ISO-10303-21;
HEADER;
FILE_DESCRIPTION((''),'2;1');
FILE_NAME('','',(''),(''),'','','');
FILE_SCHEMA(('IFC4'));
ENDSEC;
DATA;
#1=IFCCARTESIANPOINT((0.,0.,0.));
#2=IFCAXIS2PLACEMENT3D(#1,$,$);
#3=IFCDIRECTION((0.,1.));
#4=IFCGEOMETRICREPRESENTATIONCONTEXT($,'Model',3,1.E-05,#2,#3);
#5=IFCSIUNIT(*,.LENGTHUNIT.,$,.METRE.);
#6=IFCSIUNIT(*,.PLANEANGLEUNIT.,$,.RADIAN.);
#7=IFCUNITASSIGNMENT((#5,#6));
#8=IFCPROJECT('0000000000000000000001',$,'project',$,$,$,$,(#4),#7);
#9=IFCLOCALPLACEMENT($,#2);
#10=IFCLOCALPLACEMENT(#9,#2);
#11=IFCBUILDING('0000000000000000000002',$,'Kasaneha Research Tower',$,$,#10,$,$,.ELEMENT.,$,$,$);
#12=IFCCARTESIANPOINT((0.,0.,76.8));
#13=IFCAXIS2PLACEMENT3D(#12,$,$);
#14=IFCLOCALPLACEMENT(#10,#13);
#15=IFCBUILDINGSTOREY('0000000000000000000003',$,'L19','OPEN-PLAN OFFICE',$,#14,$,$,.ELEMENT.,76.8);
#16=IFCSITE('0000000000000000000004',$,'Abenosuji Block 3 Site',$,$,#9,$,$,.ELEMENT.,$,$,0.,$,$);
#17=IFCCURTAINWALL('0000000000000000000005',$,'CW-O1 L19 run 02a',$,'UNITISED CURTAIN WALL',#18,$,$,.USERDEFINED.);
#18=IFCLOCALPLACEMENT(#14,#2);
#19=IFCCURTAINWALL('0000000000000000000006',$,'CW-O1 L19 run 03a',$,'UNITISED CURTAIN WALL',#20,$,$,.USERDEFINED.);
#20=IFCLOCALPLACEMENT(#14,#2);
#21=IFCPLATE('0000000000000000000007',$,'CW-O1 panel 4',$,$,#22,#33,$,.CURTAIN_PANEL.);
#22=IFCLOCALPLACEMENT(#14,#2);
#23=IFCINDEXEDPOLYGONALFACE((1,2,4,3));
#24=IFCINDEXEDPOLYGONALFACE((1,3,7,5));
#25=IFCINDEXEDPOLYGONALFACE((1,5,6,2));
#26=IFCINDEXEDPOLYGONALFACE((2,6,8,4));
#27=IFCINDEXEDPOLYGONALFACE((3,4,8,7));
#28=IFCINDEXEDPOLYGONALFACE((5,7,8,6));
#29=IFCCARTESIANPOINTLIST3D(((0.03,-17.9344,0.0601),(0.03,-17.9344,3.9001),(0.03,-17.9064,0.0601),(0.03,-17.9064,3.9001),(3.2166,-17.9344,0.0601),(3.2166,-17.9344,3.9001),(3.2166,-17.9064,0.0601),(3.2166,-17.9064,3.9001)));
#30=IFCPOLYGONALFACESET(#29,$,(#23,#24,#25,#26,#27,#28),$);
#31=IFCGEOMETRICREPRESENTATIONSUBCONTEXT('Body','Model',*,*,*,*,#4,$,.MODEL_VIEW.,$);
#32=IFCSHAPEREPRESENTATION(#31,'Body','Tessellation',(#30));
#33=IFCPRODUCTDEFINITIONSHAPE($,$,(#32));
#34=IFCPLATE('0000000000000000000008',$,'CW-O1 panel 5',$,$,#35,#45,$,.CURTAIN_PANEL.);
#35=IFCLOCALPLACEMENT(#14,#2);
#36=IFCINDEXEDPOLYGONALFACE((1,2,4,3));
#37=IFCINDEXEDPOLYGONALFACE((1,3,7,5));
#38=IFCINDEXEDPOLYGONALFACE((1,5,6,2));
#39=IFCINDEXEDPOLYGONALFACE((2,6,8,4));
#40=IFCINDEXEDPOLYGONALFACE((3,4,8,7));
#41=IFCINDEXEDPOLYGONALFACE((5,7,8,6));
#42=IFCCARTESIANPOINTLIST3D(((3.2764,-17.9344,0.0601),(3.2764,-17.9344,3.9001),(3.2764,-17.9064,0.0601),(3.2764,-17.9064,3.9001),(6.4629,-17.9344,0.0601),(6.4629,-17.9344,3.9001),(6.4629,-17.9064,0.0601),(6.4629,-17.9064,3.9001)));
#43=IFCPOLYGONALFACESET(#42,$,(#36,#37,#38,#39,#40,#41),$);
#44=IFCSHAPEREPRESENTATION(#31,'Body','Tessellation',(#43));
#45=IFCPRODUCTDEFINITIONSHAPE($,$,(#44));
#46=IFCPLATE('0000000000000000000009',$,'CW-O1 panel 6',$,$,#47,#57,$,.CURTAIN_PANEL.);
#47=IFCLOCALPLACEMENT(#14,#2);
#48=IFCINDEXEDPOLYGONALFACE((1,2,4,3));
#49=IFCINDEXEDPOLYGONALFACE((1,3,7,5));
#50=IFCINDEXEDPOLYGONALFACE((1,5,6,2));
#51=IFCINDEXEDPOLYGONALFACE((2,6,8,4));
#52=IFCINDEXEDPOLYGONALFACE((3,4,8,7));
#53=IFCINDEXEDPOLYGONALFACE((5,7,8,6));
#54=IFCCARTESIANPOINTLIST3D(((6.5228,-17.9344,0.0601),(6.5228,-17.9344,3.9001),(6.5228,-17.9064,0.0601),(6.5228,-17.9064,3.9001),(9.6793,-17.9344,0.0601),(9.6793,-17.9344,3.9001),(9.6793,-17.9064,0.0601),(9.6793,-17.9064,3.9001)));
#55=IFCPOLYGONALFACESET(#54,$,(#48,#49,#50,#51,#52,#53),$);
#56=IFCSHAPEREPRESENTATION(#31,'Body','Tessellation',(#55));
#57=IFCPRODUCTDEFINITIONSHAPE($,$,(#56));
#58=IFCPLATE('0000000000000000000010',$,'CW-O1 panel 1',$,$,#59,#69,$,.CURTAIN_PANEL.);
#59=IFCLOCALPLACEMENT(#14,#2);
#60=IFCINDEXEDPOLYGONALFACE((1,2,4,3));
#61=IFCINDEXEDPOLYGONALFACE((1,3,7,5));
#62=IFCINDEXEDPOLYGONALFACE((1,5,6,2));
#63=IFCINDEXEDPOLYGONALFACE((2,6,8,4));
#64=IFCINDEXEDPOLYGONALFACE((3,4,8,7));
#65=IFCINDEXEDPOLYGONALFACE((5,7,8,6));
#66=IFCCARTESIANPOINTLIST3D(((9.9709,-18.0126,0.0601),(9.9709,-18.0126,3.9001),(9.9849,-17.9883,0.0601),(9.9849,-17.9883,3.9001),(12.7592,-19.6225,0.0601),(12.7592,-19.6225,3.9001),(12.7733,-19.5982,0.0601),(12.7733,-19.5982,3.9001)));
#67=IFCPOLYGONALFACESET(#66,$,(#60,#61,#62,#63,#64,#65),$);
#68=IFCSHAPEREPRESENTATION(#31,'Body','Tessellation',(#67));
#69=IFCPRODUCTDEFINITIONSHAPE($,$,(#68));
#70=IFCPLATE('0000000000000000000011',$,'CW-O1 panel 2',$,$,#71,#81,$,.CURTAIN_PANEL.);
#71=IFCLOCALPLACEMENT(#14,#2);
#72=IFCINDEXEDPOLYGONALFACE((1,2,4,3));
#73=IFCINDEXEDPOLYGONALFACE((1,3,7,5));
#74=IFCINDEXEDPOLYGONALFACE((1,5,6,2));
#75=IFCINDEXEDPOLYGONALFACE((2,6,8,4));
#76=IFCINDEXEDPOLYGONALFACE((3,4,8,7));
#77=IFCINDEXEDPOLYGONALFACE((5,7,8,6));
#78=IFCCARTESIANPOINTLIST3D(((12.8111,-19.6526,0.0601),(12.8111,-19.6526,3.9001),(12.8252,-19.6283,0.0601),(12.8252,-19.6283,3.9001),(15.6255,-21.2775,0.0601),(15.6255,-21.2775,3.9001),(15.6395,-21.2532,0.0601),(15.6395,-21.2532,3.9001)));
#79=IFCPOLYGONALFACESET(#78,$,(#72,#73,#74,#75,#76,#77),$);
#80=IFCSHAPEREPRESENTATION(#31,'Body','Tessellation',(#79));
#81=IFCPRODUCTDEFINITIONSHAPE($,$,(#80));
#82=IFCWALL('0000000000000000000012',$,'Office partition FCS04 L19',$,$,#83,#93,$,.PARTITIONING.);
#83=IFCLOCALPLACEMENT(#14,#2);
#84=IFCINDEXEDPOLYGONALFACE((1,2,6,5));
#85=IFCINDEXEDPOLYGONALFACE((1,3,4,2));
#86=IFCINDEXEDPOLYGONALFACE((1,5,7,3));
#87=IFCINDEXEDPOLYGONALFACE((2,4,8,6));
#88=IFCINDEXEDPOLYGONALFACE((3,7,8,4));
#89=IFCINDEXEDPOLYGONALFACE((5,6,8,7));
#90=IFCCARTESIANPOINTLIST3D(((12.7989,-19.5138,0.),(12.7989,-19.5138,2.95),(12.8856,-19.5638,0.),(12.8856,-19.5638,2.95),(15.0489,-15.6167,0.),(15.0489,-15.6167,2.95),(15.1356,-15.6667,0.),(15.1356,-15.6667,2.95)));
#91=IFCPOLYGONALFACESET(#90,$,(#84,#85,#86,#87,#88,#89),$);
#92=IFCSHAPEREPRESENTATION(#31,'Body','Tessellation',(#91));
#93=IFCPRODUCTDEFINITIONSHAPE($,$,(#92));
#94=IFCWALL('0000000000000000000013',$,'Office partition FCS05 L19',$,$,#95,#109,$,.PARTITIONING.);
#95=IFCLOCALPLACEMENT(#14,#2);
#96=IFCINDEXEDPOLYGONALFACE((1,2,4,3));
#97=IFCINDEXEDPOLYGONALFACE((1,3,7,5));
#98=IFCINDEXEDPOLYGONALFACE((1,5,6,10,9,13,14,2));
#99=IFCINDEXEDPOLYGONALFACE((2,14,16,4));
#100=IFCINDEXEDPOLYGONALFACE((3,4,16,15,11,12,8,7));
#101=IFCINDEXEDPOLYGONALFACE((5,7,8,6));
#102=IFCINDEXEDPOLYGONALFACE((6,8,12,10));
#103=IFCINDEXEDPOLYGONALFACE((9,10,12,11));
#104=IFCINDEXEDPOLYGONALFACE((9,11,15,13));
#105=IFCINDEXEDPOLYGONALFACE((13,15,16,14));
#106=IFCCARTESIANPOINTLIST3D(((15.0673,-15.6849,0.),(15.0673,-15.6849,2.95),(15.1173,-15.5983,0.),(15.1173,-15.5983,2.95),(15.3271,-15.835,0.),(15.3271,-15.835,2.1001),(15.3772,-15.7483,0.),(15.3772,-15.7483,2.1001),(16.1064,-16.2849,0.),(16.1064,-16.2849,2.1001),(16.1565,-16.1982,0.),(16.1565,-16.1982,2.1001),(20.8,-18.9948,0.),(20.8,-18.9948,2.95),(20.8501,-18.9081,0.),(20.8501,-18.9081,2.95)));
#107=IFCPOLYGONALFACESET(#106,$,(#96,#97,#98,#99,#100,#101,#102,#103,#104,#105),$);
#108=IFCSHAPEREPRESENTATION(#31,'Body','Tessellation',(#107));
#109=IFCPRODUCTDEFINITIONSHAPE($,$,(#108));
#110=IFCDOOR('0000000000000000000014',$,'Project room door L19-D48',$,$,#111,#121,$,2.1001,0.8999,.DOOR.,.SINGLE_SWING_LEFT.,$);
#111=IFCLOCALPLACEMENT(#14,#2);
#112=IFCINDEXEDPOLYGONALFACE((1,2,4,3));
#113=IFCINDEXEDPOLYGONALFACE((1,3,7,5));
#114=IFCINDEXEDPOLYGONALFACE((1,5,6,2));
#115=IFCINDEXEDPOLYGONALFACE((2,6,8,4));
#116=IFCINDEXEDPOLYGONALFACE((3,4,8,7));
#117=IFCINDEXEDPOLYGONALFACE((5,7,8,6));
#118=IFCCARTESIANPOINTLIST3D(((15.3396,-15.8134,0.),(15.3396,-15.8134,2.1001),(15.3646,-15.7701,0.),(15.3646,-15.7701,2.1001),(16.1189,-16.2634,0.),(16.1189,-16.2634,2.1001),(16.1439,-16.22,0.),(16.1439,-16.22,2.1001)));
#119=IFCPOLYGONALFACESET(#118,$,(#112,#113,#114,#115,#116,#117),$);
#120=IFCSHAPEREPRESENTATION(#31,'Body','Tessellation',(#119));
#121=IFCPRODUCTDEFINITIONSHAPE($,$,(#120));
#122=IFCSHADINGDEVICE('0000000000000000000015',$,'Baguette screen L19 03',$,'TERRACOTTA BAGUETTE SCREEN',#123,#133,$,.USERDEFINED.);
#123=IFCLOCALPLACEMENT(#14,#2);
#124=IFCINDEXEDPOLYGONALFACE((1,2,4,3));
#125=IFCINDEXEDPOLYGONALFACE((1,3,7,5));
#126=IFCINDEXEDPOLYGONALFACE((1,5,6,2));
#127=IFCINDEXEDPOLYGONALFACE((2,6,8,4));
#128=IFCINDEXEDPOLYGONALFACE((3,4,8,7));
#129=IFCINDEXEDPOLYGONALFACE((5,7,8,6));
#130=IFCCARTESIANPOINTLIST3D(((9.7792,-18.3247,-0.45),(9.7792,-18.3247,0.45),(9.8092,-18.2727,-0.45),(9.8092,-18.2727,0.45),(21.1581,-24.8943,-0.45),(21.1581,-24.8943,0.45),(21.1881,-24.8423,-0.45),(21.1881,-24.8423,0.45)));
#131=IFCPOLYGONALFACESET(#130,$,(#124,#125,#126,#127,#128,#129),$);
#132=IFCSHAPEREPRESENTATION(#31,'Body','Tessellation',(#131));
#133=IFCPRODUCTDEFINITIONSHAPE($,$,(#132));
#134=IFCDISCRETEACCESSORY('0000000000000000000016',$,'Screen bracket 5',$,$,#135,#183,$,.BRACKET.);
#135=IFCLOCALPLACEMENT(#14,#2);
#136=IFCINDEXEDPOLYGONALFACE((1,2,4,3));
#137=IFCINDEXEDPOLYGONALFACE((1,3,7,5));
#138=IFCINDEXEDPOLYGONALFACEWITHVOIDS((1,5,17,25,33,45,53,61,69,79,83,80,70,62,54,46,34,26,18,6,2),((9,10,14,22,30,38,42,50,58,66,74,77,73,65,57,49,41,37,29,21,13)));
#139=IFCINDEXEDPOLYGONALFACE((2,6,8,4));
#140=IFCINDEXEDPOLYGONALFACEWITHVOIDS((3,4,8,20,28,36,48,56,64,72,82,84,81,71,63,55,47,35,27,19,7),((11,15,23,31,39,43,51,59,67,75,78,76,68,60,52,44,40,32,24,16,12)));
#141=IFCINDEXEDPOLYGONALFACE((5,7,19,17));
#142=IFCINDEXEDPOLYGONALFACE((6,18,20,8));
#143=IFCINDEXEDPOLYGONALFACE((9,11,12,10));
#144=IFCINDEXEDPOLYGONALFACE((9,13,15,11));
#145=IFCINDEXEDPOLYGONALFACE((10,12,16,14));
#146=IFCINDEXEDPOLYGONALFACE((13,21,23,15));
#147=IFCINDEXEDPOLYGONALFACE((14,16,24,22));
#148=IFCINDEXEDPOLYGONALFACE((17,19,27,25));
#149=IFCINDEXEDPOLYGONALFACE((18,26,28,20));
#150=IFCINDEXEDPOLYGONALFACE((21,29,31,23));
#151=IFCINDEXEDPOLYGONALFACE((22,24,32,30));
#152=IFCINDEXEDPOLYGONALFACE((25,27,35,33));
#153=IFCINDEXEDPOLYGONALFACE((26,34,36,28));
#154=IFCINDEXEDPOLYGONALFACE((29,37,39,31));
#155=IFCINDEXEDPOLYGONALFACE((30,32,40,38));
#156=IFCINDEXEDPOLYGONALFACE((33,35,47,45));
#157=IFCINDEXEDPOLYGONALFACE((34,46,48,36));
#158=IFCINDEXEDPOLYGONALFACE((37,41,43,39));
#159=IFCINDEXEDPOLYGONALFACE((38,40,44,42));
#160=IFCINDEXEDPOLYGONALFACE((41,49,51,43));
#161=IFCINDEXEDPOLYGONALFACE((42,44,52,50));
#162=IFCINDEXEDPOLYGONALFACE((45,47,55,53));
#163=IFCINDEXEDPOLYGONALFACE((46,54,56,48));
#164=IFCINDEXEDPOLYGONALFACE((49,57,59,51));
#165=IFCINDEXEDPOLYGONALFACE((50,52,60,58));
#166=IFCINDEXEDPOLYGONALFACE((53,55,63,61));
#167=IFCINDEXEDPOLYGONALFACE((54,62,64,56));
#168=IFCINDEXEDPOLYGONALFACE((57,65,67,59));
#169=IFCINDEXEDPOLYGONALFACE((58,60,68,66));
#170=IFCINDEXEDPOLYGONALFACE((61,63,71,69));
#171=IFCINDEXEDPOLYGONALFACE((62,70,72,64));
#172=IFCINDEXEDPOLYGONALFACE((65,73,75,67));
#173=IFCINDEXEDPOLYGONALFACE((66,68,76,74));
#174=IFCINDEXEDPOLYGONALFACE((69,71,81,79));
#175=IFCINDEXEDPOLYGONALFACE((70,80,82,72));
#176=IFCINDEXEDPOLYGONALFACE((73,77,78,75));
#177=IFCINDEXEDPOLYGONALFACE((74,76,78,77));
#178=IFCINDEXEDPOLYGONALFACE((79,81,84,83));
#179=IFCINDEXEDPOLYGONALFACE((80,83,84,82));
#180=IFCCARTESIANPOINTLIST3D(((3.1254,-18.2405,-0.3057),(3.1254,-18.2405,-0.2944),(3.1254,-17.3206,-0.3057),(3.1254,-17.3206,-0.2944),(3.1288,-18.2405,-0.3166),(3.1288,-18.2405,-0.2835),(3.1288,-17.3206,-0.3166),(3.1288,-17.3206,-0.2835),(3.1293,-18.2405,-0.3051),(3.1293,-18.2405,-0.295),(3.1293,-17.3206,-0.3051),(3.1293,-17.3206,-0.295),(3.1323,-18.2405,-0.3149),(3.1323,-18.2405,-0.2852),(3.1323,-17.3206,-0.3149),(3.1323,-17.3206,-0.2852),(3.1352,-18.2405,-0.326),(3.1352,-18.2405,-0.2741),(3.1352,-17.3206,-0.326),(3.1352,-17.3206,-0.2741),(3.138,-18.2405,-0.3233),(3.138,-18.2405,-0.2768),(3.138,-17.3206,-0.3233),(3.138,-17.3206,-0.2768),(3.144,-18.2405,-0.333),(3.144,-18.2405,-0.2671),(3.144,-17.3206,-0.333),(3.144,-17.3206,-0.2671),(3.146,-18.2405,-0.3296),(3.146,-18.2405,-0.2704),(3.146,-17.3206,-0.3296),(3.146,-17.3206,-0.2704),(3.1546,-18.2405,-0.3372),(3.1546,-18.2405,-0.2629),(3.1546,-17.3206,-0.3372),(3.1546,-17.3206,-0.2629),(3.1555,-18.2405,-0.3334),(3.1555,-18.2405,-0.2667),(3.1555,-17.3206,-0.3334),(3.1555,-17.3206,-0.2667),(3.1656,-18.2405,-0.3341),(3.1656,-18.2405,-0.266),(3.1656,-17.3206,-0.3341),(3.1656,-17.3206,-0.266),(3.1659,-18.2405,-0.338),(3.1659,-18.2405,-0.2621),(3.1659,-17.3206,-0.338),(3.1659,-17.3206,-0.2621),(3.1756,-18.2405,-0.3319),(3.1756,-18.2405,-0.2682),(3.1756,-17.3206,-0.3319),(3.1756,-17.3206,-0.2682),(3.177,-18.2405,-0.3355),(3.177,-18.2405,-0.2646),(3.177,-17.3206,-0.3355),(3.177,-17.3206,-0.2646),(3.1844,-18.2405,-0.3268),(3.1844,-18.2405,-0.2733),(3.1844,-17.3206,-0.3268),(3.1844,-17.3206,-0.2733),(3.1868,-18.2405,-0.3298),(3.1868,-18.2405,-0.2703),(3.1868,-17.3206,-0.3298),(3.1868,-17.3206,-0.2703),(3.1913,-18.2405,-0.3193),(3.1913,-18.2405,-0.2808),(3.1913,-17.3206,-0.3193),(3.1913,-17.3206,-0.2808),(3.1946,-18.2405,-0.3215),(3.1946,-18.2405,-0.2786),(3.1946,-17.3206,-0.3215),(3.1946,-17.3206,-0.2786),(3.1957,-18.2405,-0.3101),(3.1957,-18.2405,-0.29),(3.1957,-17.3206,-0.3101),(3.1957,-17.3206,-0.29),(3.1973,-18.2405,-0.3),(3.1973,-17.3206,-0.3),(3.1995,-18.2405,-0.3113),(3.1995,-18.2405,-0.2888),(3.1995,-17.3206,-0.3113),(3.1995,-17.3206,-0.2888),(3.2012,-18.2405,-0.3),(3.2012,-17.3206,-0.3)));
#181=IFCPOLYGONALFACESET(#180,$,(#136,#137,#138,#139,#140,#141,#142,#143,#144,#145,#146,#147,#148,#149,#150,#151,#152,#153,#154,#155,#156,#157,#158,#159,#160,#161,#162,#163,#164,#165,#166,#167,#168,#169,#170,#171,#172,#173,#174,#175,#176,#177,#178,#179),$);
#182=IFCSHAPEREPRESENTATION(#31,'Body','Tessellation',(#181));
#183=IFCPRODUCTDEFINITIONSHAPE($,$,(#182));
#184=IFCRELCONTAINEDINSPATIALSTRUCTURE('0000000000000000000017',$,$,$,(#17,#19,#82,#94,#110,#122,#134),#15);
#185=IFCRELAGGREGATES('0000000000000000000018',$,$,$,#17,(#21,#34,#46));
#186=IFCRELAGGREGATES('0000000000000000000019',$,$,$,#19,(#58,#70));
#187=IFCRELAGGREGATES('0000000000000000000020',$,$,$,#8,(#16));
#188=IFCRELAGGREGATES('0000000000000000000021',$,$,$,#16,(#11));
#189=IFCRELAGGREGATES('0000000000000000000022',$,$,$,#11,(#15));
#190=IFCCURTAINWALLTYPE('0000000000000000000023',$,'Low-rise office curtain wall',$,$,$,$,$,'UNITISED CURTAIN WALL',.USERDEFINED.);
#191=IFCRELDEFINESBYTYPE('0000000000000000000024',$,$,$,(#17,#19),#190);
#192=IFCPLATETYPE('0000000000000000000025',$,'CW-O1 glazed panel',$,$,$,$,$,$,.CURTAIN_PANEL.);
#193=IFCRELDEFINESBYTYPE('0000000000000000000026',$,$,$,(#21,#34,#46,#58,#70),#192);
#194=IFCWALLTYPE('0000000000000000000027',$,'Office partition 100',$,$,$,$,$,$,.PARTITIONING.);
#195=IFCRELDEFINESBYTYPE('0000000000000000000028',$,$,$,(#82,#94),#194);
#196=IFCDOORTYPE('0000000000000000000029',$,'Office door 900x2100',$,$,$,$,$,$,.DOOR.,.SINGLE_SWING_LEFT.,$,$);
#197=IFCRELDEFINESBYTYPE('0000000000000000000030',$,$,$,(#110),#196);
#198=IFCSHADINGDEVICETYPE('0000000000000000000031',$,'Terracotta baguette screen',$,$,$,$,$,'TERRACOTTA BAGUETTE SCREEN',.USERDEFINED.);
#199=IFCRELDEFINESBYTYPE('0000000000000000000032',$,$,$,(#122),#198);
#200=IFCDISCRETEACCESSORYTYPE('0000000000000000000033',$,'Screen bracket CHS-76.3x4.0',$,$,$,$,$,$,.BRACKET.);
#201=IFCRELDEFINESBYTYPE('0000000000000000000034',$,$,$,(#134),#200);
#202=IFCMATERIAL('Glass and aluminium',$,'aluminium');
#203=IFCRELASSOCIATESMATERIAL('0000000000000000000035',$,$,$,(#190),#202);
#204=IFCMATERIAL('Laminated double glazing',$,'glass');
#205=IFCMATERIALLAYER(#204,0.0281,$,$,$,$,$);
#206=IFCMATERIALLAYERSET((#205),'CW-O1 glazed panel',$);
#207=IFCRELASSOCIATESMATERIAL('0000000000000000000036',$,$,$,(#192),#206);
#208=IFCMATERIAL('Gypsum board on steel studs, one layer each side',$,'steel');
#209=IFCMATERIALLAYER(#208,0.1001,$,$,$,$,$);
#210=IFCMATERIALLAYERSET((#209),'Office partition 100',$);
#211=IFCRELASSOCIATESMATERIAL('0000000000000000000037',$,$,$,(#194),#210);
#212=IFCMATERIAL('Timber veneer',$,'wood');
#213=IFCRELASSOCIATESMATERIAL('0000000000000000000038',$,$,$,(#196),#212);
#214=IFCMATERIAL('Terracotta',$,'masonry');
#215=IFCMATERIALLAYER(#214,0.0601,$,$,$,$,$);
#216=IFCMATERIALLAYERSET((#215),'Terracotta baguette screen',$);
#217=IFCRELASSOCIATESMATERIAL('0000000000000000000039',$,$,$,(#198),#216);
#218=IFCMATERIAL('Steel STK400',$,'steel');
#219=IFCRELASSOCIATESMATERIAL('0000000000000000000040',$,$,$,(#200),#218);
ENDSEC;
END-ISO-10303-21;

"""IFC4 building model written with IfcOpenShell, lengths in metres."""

from ifc_helpers import new_model, si_unit, direction, frame, frame_2d, origin, origin_2d, place, context, subcontext, project, spatial, rectangle, hollow_circle, extrude, material, layer, layer_set, material_profile, profile_set, type_object, element, fill, aggregate, save


model = new_model("IFC4")

# Units and contexts
model_context = context("Model", 3, precision=1e-05, world=origin(), true_north=direction((0.0, 1.0)))
body_context = subcontext(model_context, "Body", "Model", "MODEL_VIEW")
ifc_project = project(units=[si_unit("LENGTHUNIT", "METRE"), si_unit("PLANEANGLEUNIT", "RADIAN")], contexts=[model_context])

# Site, building, storey
site_placement = place(None, origin())
site = spatial("IfcSite", under=ifc_project, at=site_placement, Name="Abenosuji Block 3 Site", CompositionType="ELEMENT", RefElevation=0.0)
building_placement = place(site_placement, origin())
building = spatial("IfcBuilding", under=site, at=building_placement, Name="Kasaneha Research Tower", CompositionType="ELEMENT")
storey_placement = place(building_placement, frame((0.0, 0.0, 76.8)))
storey = spatial("IfcBuildingStorey", under=building, at=storey_placement, Name="L19", Description="OPEN-PLAN OFFICE", CompositionType="ELEMENT", Elevation=76.8)

# Curtain walls
ifc_material_1 = material(Name="Glass and aluminium", Category="aluminium")
curtain_wall_type = type_object("IfcCurtainWallType", Name="Low-rise office curtain wall", ElementType="UNITISED CURTAIN WALL", PredefinedType="USERDEFINED", material=ifc_material_1)
curtain_wall_1_placement = place(storey_placement, origin())
curtain_wall_1 = element("IfcCurtainWall", 1, at=curtain_wall_1_placement, inside=storey, type_object=curtain_wall_type, Name="CW-O1 L19 run 02a", ObjectType="UNITISED CURTAIN WALL", PredefinedType="USERDEFINED")
curtain_wall_2_placement = place(storey_placement, origin())
curtain_wall_2 = element("IfcCurtainWall", 2, at=curtain_wall_2_placement, inside=storey, type_object=curtain_wall_type, Name="CW-O1 L19 run 03a", ObjectType="UNITISED CURTAIN WALL", PredefinedType="USERDEFINED")

# Plates
ifc_material_2 = material(Name="Laminated double glazing", Category="glass")
ifc_layer_1 = layer(ifc_material_2, 0.0281)
ifc_layer_set_1 = layer_set([ifc_layer_1], Name="CW-O1 glazed panel")
plate_type = type_object("IfcPlateType", Name="CW-O1 glazed panel", PredefinedType="CURTAIN_PANEL", material=ifc_layer_set_1)
plate_1_placement = place(storey_placement, frame((1.6233, -17.9204, 0.0601), z_axis=(0.0, 0.0, 1.0), x_axis=(1.0, 0.0, 0.0)))
plate_1 = element("IfcPlate", 3, at=plate_1_placement, type_object=plate_type, Name="CW-O1 panel 4", PredefinedType="CURTAIN_PANEL", context=body_context, shape_type="SweptSolid", body=[
    extrude(rectangle(XDim=3.1865, YDim=0.0281, at=origin_2d()), origin(), (0.0, 0.0, 1.0), 3.8401),
])
plate_2_placement = place(storey_placement, frame((4.8696, -17.9204, 0.0601), z_axis=(0.0, 0.0, 1.0), x_axis=(1.0, 0.0, 0.0)))
plate_2 = element("IfcPlate", 4, at=plate_2_placement, type_object=plate_type, Name="CW-O1 panel 5", PredefinedType="CURTAIN_PANEL", context=body_context, shape_type="SweptSolid", body=[
    extrude(rectangle(XDim=3.1865, YDim=0.0281, at=origin_2d()), origin(), (0.0, 0.0, 1.0), 3.8401),
])
plate_3_placement = place(storey_placement, frame((8.1011, -17.9204, 0.0601), z_axis=(0.0, 0.0, 1.0), x_axis=(1.0, 0.0, 0.0)))
plate_3 = element("IfcPlate", 5, at=plate_3_placement, type_object=plate_type, Name="CW-O1 panel 6", PredefinedType="CURTAIN_PANEL", context=body_context, shape_type="SweptSolid", body=[
    extrude(rectangle(XDim=3.1565, YDim=0.0281, at=origin_2d()), origin(), (0.0, 0.0, 1.0), 3.8401),
])
aggregate(curtain_wall_1, [plate_1, plate_2, plate_3])
plate_4_placement = place(storey_placement, frame((11.3721, -18.8054, 0.0601), z_axis=(0.0, 0.0, 1.0), x_axis=(0.866025, -0.5, 0.0)))
plate_4 = element("IfcPlate", 6, at=plate_4_placement, type_object=plate_type, Name="CW-O1 panel 1", PredefinedType="CURTAIN_PANEL", context=body_context, shape_type="SweptSolid", body=[
    extrude(rectangle(XDim=3.2197, YDim=0.0281, at=origin_2d()), origin(), (0.0, 0.0, 1.0), 3.8401),
])
plate_5_placement = place(storey_placement, frame((14.2253, -20.4529, 0.0601), z_axis=(0.0, 0.0, 1.0), x_axis=(0.866025, -0.5, 0.0)))
plate_5 = element("IfcPlate", 7, at=plate_5_placement, type_object=plate_type, Name="CW-O1 panel 2", PredefinedType="CURTAIN_PANEL", context=body_context, shape_type="SweptSolid", body=[
    extrude(rectangle(XDim=3.2498, YDim=0.0281, at=origin_2d()), origin(), (0.0, 0.0, 1.0), 3.8401),
])
aggregate(curtain_wall_2, [plate_4, plate_5])

# Wall
ifc_material_3 = material(Name="Gypsum board on steel studs, one layer each side", Category="steel")
ifc_layer_2 = layer(ifc_material_3, 0.1001)
ifc_layer_set_2 = layer_set([ifc_layer_2], Name="Office partition 100")
wall_type = type_object("IfcWallType", Name="Office partition 100", PredefinedType="PARTITIONING", material=ifc_layer_set_2)
wall_1_placement = place(storey_placement, frame((12.8423, -19.5388, 0.0), z_axis=(0.0, 0.0, 1.0), x_axis=(0.49999, 0.866031, 0.0)))
element("IfcWall", 8, at=wall_1_placement, inside=storey, type_object=wall_type, Name="Office partition FCS04 L19", PredefinedType="PARTITIONING", context=body_context, shape_type="SweptSolid", body=[
    extrude(rectangle(XDim=4.5, YDim=0.1001, at=frame_2d((2.25, 0.0))), origin(), (0.0, 0.0, 1.0), 2.95),
])

# Wall, opening, door
wall_2_placement = place(storey_placement, frame((15.0923, -15.6416, 0.0), z_axis=(0.0, 0.0, 1.0), x_axis=(0.866022, -0.500007, 0.0)))
wall_2 = element("IfcWall", 9, at=wall_2_placement, inside=storey, type_object=wall_type, Name="Office partition FCS05 L19", PredefinedType="PARTITIONING", context=body_context, shape_type="SweptSolid", body=[
    extrude(rectangle(XDim=6.6196, YDim=0.1001, at=frame_2d((3.3098, 0.0))), origin(), (0.0, 0.0, 1.0), 2.95),
])
opening_placement = place(wall_2_placement, frame((0.3, 0.0, 0.0)))
opening = element("IfcOpeningElement", 10, at=opening_placement, cuts=wall_2, PredefinedType="OPENING", context=body_context, shape_type="SweptSolid", body=[
    extrude(rectangle(XDim=0.8999, YDim=2.1001, at=frame_2d((0.45, 1.05))), frame((0.0, 0.0601, 0.0), z_axis=(0.0, -1.0, 0.0), x_axis=(1.0, 0.0, 0.0)), (0.0, 0.0, 1.0), 0.1201),
])
ifc_material_4 = material(Name="Timber veneer", Category="wood")
door_type = type_object("IfcDoorType", Name="Office door 900x2100", OperationType="SINGLE_SWING_LEFT", PredefinedType="DOOR", material=ifc_material_4)
door_placement = place(opening_placement, origin())
door = element("IfcDoor", 11, at=door_placement, inside=storey, type_object=door_type, Name="Project room door L19-D48", OperationType="SINGLE_SWING_LEFT", OverallHeight=2.1001, OverallWidth=0.8999, PredefinedType="DOOR", context=body_context, shape_type="SweptSolid", body=[
    extrude(rectangle(XDim=0.8999, YDim=2.1001, at=frame_2d((0.45, 1.05))), frame((0.0, 0.0249, 0.0), z_axis=(0.0, -1.0, 0.0), x_axis=(1.0, 0.0, 0.0)), (0.0, 0.0, 1.0), 0.05),
])
fill(opening, door)

# Shading device
ifc_material_5 = material(Name="Terracotta", Category="masonry")
ifc_layer_3 = layer(ifc_material_5, 0.0601)
ifc_layer_set_3 = layer_set([ifc_layer_3], Name="Terracotta baguette screen")
shading_device_type = type_object("IfcShadingDeviceType", Name="Terracotta baguette screen", ElementType="TERRACOTTA BAGUETTE SCREEN", PredefinedType="USERDEFINED", material=ifc_layer_set_3)
shading_device_placement = place(storey_placement, frame((15.4836, -21.5835, -0.45), z_axis=(0.0, 0.0, 1.0), x_axis=(0.866025, -0.5, 0.0)))
element("IfcShadingDevice", 12, at=shading_device_placement, inside=storey, type_object=shading_device_type, Name="Baguette screen L19 03", ObjectType="TERRACOTTA BAGUETTE SCREEN", PredefinedType="USERDEFINED", context=body_context, shape_type="SweptSolid", body=[
    extrude(rectangle(XDim=13.1392, YDim=0.0601, at=origin_2d()), origin(), (0.0, 0.0, 1.0), 0.8999),
])

# Discrete accessory
ifc_material_6 = material(Name="Steel STK400", Category="steel")
ifc_material_profile_1 = material_profile(ifc_material_6, hollow_circle(Radius=0.0381, WallThickness=0.0039, at=origin_2d()), Name="CHS-76.3x4.0")
ifc_profile_set_1 = profile_set([ifc_material_profile_1], Name="Steel STK400")
discrete_accessory_type = type_object("IfcDiscreteAccessoryType", Name="Screen bracket CHS-76.3x4.0", PredefinedType="BRACKET", material=ifc_profile_set_1)
for number, where, z_axis, x_axis, name in (
    (13, (3.1631, -17.3206, -0.3), (0.0, -1.0, 0.0), (1.0, 0.0, 0.0), "Screen bracket 5"),
):
    element("IfcDiscreteAccessory", number, at=place(storey_placement, frame(where, z_axis=z_axis, x_axis=x_axis)), inside=storey, type_object=discrete_accessory_type, Name=name, PredefinedType="BRACKET", context=body_context, shape_type="SweptSolid", body=[
        extrude(hollow_circle(Radius=0.0381, WallThickness=0.0039, at=origin_2d()), origin(), (0.0, 0.0, 1.0), 0.9199),
    ])

save(model, "model.ifc")
